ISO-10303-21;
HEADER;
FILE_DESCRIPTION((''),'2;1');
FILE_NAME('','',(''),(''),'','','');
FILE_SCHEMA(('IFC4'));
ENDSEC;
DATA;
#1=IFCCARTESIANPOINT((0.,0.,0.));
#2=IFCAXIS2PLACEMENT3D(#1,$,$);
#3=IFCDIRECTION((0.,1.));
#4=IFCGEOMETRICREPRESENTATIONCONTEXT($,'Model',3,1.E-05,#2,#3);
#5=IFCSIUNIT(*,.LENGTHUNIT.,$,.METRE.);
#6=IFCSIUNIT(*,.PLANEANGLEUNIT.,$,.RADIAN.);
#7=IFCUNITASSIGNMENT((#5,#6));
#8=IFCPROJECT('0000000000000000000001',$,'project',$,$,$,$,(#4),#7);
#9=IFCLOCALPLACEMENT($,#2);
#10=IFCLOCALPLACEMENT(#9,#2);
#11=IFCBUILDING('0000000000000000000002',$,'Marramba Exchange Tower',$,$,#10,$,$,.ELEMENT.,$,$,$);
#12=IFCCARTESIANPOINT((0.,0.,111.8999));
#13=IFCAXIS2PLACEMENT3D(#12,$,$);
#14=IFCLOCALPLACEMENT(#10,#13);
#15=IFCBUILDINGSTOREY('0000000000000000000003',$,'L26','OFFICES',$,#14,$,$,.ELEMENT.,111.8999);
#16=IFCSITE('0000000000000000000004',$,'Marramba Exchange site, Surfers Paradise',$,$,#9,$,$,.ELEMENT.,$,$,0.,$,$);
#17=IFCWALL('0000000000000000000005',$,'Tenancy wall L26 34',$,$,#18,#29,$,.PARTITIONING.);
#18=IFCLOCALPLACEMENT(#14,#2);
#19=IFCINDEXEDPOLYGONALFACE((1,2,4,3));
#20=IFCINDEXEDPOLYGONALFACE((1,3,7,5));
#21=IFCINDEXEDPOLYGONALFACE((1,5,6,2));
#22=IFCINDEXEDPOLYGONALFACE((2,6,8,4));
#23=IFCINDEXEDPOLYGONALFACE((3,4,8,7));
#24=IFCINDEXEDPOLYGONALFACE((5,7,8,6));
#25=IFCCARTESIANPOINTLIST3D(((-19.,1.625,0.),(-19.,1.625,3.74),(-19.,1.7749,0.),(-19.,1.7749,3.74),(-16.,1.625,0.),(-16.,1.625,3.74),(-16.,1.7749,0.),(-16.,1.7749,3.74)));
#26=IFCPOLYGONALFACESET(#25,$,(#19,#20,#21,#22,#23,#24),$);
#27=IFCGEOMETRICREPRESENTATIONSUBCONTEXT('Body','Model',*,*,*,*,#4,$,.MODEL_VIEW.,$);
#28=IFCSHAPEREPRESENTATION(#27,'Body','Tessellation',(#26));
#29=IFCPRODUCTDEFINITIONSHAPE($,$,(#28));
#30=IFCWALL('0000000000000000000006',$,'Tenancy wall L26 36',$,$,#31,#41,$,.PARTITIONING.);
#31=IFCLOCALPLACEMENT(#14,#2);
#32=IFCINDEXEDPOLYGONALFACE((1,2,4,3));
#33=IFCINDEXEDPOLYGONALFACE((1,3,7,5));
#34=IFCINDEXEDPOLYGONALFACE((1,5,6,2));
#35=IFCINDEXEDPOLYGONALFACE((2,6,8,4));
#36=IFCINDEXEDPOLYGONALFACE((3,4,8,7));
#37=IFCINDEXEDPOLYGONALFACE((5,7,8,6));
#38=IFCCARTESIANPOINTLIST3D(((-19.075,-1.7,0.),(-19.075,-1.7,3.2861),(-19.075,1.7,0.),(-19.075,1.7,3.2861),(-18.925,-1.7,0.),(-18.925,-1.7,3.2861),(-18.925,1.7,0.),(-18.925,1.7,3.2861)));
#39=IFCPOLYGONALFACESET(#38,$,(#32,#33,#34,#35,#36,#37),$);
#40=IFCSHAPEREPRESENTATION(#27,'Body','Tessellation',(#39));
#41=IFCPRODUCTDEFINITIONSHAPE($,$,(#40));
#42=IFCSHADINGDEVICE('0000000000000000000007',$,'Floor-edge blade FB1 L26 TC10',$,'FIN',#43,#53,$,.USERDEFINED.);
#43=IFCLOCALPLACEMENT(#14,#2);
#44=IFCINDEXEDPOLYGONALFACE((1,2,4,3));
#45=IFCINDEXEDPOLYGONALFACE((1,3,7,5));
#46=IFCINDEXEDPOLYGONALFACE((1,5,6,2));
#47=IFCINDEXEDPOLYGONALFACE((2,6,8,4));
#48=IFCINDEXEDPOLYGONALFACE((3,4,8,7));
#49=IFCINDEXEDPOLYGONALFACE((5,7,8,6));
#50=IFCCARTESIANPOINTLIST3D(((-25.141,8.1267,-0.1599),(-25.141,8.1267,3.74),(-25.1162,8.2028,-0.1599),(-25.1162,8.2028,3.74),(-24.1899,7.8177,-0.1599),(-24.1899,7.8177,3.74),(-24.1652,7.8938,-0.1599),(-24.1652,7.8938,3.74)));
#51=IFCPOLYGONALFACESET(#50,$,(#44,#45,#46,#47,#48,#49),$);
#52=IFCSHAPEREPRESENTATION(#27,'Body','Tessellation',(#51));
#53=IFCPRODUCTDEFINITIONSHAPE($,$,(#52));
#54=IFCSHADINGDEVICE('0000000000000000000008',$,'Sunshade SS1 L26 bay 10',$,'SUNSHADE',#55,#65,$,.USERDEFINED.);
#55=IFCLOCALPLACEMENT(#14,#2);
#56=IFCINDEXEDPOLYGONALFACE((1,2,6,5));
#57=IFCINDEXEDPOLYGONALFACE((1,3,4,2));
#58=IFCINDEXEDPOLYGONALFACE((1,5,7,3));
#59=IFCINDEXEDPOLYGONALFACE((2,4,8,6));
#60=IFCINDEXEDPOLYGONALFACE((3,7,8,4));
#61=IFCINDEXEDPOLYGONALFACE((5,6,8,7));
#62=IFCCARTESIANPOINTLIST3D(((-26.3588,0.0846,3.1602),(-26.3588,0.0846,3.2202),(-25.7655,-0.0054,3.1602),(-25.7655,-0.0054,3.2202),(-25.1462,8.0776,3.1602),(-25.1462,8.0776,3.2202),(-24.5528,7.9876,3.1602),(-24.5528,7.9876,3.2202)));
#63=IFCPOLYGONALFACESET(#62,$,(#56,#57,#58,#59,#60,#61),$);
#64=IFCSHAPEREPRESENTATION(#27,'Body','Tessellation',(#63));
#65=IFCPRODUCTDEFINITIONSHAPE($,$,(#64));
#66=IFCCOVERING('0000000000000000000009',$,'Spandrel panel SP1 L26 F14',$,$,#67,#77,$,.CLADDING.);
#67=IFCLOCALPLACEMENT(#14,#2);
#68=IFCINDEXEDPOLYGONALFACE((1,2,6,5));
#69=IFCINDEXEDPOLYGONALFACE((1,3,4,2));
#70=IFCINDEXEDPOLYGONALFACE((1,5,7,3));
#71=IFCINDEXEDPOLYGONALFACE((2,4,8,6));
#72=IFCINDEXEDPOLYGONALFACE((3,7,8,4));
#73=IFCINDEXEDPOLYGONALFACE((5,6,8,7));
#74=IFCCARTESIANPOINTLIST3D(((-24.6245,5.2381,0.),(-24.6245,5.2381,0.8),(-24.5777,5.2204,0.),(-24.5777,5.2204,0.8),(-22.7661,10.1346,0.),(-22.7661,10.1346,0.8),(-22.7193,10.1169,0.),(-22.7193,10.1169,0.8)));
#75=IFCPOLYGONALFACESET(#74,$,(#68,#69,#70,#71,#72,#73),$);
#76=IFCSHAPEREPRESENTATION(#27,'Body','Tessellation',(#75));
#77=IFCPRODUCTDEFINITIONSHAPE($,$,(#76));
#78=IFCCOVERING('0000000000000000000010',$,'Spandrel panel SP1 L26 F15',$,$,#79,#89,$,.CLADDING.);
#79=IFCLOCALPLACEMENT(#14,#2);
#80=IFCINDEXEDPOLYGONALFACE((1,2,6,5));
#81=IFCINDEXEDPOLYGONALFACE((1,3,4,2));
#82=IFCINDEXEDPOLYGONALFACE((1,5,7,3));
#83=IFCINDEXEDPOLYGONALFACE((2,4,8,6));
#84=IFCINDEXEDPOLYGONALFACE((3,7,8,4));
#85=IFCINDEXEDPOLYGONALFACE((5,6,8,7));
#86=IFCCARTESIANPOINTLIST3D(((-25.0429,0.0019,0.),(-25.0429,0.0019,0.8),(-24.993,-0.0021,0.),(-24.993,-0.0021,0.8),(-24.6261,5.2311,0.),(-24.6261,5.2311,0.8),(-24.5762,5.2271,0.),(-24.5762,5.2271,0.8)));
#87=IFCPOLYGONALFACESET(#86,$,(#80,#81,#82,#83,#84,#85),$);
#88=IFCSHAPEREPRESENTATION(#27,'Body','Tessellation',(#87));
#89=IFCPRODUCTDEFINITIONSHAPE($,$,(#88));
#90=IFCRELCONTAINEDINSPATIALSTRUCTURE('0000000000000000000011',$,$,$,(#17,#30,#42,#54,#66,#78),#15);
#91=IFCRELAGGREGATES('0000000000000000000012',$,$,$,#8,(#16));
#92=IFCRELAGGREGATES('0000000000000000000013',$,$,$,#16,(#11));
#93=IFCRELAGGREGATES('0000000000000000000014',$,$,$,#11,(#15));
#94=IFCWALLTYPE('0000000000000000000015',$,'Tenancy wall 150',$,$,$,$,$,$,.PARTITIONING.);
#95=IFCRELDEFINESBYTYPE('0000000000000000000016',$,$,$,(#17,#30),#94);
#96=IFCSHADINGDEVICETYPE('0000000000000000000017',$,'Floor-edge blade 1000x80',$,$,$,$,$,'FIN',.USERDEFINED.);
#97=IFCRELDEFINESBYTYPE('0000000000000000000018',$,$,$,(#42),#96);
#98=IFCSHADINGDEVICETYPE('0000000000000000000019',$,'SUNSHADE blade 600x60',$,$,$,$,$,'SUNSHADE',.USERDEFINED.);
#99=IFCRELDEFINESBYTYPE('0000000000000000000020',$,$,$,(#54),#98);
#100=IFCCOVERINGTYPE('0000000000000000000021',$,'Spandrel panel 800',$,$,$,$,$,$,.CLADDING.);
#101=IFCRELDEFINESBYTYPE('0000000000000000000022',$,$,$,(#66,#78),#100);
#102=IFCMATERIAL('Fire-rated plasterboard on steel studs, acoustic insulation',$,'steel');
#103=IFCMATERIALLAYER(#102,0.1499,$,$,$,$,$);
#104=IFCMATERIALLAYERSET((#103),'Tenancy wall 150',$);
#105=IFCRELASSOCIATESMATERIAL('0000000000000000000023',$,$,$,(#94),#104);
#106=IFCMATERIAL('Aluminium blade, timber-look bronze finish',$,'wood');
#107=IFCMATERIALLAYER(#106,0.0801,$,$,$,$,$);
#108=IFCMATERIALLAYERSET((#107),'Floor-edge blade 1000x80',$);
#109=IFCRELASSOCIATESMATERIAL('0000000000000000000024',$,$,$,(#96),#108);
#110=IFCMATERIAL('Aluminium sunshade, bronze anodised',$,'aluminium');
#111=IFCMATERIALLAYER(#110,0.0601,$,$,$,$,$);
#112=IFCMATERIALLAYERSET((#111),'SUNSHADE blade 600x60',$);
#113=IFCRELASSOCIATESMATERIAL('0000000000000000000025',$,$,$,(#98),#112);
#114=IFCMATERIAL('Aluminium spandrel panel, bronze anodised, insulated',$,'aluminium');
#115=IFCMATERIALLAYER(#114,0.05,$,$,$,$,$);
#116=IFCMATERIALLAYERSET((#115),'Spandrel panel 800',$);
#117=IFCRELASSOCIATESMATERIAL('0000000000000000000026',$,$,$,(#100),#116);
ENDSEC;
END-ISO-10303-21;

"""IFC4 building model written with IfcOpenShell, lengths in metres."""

from ifc_helpers import new_model, si_unit, direction, frame, frame_2d, origin, origin_2d, place, context, subcontext, project, spatial, rectangle, extrude, material, layer, layer_set, type_object, element, save


model = new_model("IFC4")

# Units and contexts
model_context = context("Model", 3, precision=1e-05, world=origin(), true_north=direction((0.0, 1.0)))
body_context = subcontext(model_context, "Body", "Model", "MODEL_VIEW")
ifc_project = project(units=[si_unit("LENGTHUNIT", "METRE"), si_unit("PLANEANGLEUNIT", "RADIAN")], contexts=[model_context])

# Site, building, storey
site_placement = place(None, origin())
site = spatial("IfcSite", under=ifc_project, at=site_placement, Name="Marramba Exchange site, Surfers Paradise", CompositionType="ELEMENT", RefElevation=0.0)
building_placement = place(site_placement, origin())
building = spatial("IfcBuilding", under=site, at=building_placement, Name="Marramba Exchange Tower", CompositionType="ELEMENT")
storey_placement = place(building_placement, frame((0.0, 0.0, 111.8999)))
storey = spatial("IfcBuildingStorey", under=building, at=storey_placement, Name="L26", Description="OFFICES", CompositionType="ELEMENT", Elevation=111.8999)

# Walls
ifc_material_1 = material(Name="Fire-rated plasterboard on steel studs, acoustic insulation", Category="steel")
ifc_layer_1 = layer(ifc_material_1, 0.1499)
ifc_layer_set_1 = layer_set([ifc_layer_1], Name="Tenancy wall 150")
wall_type_1 = type_object("IfcWallType", Name="Tenancy wall 150", PredefinedType="PARTITIONING", material=ifc_layer_set_1)
wall_1_placement = place(storey_placement, frame((-16.0, 1.7, 0.0), z_axis=(0.0, 0.0, 1.0), x_axis=(-1.0, 0.0, 0.0)))
element("IfcWall", 1, at=wall_1_placement, inside=storey, type_object=wall_type_1, Name="Tenancy wall L26 34", PredefinedType="PARTITIONING", context=body_context, shape_type="SweptSolid", body=[
    extrude(rectangle(XDim=3.0, YDim=0.1499, at=frame_2d((1.5, 0.0))), origin(), (0.0, 0.0, 1.0), 3.74),
])
wall_2_placement = place(storey_placement, frame((-19.0, 1.7, 0.0), z_axis=(0.0, 0.0, 1.0), x_axis=(0.0, -1.0, 0.0)))
element("IfcWall", 2, at=wall_2_placement, inside=storey, type_object=wall_type_1, Name="Tenancy wall L26 36", PredefinedType="PARTITIONING", context=body_context, shape_type="SweptSolid", body=[
    extrude(rectangle(XDim=3.3999, YDim=0.1499, at=frame_2d((1.7, 0.0))), origin(), (0.0, 0.0, 1.0), 3.2861),
])

# Shading devices
ifc_material_2 = material(Name="Aluminium blade, timber-look bronze finish", Category="wood")
ifc_layer_2 = layer(ifc_material_2, 0.0801)
ifc_layer_set_2 = layer_set([ifc_layer_2], Name="Floor-edge blade 1000x80")
shading_device_type_1 = type_object("IfcShadingDeviceType", Name="Floor-edge blade 1000x80", ElementType="FIN", PredefinedType="USERDEFINED", material=ifc_layer_set_2)
shading_device_1_placement = place(storey_placement, frame((-24.6531, 8.0103, -0.1599), z_axis=(0.0, 0.0, 1.0), x_axis=(-0.951057, 0.309017, 0.0)))
element("IfcShadingDevice", 3, at=shading_device_1_placement, inside=storey, type_object=shading_device_type_1, Name="Floor-edge blade FB1 L26 TC10", ObjectType="FIN", PredefinedType="USERDEFINED", context=body_context, shape_type="SweptSolid", body=[
    extrude(rectangle(XDim=1.0, YDim=0.0801, at=origin_2d()), origin(), (0.0, 0.0, 1.0), 3.8999),
])
ifc_material_3 = material(Name="Aluminium sunshade, bronze anodised", Category="aluminium")
ifc_layer_3 = layer(ifc_material_3, 0.0601)
ifc_layer_set_3 = layer_set([ifc_layer_3], Name="SUNSHADE blade 600x60")
shading_device_type_2 = type_object("IfcShadingDeviceType", Name="SUNSHADE blade 600x60", ElementType="SUNSHADE", PredefinedType="USERDEFINED", material=ifc_layer_set_3)
shading_device_2_placement = place(storey_placement, frame((-25.4558, 4.0361, 3.1602), z_axis=(0.0, 0.0, 1.0), x_axis=(-0.149993, -0.988687, 0.0)))
element("IfcShadingDevice", 4, at=shading_device_2_placement, inside=storey, type_object=shading_device_type_2, Name="Sunshade SS1 L26 bay 10", ObjectType="SUNSHADE", PredefinedType="USERDEFINED", context=body_context, shape_type="SweptSolid", body=[
    extrude(rectangle(XDim=8.0845, YDim=0.6001, at=origin_2d()), origin(), (0.0, 0.0, 1.0), 0.0601),
])

# Coverings
ifc_material_4 = material(Name="Aluminium spandrel panel, bronze anodised, insulated", Category="aluminium")
ifc_layer_4 = layer(ifc_material_4, 0.05)
ifc_layer_set_4 = layer_set([ifc_layer_4], Name="Spandrel panel 800")
covering_type = type_object("IfcCoveringType", Name="Spandrel panel 800", PredefinedType="CLADDING", material=ifc_layer_set_4)
covering_1_placement = place(storey_placement, frame((-23.6719, 7.6775, 0.0), z_axis=(0.0, 0.0, 1.0), x_axis=(-0.354844, -0.934925, 0.0)))
element("IfcCovering", 5, at=covering_1_placement, inside=storey, type_object=covering_type, Name="Spandrel panel SP1 L26 F14", PredefinedType="CLADDING", context=body_context, shape_type="SweptSolid", body=[
    extrude(rectangle(XDim=5.2373, YDim=0.05, at=origin_2d()), origin(), (0.0, 0.0, 1.0), 0.8),
])
covering_2_placement = place(storey_placement, frame((-24.8096, 2.6145, 0.0), z_axis=(0.0, 0.0, 1.0), x_axis=(-0.07946, -0.996838, 0.0)))
element("IfcCovering", 6, at=covering_2_placement, inside=storey, type_object=covering_type, Name="Spandrel panel SP1 L26 F15", PredefinedType="CLADDING", context=body_context, shape_type="SweptSolid", body=[
    extrude(rectangle(XDim=5.2458, YDim=0.05, at=origin_2d()), origin(), (0.0, 0.0, 1.0), 0.8),
])

save(model, "model.ifc")
